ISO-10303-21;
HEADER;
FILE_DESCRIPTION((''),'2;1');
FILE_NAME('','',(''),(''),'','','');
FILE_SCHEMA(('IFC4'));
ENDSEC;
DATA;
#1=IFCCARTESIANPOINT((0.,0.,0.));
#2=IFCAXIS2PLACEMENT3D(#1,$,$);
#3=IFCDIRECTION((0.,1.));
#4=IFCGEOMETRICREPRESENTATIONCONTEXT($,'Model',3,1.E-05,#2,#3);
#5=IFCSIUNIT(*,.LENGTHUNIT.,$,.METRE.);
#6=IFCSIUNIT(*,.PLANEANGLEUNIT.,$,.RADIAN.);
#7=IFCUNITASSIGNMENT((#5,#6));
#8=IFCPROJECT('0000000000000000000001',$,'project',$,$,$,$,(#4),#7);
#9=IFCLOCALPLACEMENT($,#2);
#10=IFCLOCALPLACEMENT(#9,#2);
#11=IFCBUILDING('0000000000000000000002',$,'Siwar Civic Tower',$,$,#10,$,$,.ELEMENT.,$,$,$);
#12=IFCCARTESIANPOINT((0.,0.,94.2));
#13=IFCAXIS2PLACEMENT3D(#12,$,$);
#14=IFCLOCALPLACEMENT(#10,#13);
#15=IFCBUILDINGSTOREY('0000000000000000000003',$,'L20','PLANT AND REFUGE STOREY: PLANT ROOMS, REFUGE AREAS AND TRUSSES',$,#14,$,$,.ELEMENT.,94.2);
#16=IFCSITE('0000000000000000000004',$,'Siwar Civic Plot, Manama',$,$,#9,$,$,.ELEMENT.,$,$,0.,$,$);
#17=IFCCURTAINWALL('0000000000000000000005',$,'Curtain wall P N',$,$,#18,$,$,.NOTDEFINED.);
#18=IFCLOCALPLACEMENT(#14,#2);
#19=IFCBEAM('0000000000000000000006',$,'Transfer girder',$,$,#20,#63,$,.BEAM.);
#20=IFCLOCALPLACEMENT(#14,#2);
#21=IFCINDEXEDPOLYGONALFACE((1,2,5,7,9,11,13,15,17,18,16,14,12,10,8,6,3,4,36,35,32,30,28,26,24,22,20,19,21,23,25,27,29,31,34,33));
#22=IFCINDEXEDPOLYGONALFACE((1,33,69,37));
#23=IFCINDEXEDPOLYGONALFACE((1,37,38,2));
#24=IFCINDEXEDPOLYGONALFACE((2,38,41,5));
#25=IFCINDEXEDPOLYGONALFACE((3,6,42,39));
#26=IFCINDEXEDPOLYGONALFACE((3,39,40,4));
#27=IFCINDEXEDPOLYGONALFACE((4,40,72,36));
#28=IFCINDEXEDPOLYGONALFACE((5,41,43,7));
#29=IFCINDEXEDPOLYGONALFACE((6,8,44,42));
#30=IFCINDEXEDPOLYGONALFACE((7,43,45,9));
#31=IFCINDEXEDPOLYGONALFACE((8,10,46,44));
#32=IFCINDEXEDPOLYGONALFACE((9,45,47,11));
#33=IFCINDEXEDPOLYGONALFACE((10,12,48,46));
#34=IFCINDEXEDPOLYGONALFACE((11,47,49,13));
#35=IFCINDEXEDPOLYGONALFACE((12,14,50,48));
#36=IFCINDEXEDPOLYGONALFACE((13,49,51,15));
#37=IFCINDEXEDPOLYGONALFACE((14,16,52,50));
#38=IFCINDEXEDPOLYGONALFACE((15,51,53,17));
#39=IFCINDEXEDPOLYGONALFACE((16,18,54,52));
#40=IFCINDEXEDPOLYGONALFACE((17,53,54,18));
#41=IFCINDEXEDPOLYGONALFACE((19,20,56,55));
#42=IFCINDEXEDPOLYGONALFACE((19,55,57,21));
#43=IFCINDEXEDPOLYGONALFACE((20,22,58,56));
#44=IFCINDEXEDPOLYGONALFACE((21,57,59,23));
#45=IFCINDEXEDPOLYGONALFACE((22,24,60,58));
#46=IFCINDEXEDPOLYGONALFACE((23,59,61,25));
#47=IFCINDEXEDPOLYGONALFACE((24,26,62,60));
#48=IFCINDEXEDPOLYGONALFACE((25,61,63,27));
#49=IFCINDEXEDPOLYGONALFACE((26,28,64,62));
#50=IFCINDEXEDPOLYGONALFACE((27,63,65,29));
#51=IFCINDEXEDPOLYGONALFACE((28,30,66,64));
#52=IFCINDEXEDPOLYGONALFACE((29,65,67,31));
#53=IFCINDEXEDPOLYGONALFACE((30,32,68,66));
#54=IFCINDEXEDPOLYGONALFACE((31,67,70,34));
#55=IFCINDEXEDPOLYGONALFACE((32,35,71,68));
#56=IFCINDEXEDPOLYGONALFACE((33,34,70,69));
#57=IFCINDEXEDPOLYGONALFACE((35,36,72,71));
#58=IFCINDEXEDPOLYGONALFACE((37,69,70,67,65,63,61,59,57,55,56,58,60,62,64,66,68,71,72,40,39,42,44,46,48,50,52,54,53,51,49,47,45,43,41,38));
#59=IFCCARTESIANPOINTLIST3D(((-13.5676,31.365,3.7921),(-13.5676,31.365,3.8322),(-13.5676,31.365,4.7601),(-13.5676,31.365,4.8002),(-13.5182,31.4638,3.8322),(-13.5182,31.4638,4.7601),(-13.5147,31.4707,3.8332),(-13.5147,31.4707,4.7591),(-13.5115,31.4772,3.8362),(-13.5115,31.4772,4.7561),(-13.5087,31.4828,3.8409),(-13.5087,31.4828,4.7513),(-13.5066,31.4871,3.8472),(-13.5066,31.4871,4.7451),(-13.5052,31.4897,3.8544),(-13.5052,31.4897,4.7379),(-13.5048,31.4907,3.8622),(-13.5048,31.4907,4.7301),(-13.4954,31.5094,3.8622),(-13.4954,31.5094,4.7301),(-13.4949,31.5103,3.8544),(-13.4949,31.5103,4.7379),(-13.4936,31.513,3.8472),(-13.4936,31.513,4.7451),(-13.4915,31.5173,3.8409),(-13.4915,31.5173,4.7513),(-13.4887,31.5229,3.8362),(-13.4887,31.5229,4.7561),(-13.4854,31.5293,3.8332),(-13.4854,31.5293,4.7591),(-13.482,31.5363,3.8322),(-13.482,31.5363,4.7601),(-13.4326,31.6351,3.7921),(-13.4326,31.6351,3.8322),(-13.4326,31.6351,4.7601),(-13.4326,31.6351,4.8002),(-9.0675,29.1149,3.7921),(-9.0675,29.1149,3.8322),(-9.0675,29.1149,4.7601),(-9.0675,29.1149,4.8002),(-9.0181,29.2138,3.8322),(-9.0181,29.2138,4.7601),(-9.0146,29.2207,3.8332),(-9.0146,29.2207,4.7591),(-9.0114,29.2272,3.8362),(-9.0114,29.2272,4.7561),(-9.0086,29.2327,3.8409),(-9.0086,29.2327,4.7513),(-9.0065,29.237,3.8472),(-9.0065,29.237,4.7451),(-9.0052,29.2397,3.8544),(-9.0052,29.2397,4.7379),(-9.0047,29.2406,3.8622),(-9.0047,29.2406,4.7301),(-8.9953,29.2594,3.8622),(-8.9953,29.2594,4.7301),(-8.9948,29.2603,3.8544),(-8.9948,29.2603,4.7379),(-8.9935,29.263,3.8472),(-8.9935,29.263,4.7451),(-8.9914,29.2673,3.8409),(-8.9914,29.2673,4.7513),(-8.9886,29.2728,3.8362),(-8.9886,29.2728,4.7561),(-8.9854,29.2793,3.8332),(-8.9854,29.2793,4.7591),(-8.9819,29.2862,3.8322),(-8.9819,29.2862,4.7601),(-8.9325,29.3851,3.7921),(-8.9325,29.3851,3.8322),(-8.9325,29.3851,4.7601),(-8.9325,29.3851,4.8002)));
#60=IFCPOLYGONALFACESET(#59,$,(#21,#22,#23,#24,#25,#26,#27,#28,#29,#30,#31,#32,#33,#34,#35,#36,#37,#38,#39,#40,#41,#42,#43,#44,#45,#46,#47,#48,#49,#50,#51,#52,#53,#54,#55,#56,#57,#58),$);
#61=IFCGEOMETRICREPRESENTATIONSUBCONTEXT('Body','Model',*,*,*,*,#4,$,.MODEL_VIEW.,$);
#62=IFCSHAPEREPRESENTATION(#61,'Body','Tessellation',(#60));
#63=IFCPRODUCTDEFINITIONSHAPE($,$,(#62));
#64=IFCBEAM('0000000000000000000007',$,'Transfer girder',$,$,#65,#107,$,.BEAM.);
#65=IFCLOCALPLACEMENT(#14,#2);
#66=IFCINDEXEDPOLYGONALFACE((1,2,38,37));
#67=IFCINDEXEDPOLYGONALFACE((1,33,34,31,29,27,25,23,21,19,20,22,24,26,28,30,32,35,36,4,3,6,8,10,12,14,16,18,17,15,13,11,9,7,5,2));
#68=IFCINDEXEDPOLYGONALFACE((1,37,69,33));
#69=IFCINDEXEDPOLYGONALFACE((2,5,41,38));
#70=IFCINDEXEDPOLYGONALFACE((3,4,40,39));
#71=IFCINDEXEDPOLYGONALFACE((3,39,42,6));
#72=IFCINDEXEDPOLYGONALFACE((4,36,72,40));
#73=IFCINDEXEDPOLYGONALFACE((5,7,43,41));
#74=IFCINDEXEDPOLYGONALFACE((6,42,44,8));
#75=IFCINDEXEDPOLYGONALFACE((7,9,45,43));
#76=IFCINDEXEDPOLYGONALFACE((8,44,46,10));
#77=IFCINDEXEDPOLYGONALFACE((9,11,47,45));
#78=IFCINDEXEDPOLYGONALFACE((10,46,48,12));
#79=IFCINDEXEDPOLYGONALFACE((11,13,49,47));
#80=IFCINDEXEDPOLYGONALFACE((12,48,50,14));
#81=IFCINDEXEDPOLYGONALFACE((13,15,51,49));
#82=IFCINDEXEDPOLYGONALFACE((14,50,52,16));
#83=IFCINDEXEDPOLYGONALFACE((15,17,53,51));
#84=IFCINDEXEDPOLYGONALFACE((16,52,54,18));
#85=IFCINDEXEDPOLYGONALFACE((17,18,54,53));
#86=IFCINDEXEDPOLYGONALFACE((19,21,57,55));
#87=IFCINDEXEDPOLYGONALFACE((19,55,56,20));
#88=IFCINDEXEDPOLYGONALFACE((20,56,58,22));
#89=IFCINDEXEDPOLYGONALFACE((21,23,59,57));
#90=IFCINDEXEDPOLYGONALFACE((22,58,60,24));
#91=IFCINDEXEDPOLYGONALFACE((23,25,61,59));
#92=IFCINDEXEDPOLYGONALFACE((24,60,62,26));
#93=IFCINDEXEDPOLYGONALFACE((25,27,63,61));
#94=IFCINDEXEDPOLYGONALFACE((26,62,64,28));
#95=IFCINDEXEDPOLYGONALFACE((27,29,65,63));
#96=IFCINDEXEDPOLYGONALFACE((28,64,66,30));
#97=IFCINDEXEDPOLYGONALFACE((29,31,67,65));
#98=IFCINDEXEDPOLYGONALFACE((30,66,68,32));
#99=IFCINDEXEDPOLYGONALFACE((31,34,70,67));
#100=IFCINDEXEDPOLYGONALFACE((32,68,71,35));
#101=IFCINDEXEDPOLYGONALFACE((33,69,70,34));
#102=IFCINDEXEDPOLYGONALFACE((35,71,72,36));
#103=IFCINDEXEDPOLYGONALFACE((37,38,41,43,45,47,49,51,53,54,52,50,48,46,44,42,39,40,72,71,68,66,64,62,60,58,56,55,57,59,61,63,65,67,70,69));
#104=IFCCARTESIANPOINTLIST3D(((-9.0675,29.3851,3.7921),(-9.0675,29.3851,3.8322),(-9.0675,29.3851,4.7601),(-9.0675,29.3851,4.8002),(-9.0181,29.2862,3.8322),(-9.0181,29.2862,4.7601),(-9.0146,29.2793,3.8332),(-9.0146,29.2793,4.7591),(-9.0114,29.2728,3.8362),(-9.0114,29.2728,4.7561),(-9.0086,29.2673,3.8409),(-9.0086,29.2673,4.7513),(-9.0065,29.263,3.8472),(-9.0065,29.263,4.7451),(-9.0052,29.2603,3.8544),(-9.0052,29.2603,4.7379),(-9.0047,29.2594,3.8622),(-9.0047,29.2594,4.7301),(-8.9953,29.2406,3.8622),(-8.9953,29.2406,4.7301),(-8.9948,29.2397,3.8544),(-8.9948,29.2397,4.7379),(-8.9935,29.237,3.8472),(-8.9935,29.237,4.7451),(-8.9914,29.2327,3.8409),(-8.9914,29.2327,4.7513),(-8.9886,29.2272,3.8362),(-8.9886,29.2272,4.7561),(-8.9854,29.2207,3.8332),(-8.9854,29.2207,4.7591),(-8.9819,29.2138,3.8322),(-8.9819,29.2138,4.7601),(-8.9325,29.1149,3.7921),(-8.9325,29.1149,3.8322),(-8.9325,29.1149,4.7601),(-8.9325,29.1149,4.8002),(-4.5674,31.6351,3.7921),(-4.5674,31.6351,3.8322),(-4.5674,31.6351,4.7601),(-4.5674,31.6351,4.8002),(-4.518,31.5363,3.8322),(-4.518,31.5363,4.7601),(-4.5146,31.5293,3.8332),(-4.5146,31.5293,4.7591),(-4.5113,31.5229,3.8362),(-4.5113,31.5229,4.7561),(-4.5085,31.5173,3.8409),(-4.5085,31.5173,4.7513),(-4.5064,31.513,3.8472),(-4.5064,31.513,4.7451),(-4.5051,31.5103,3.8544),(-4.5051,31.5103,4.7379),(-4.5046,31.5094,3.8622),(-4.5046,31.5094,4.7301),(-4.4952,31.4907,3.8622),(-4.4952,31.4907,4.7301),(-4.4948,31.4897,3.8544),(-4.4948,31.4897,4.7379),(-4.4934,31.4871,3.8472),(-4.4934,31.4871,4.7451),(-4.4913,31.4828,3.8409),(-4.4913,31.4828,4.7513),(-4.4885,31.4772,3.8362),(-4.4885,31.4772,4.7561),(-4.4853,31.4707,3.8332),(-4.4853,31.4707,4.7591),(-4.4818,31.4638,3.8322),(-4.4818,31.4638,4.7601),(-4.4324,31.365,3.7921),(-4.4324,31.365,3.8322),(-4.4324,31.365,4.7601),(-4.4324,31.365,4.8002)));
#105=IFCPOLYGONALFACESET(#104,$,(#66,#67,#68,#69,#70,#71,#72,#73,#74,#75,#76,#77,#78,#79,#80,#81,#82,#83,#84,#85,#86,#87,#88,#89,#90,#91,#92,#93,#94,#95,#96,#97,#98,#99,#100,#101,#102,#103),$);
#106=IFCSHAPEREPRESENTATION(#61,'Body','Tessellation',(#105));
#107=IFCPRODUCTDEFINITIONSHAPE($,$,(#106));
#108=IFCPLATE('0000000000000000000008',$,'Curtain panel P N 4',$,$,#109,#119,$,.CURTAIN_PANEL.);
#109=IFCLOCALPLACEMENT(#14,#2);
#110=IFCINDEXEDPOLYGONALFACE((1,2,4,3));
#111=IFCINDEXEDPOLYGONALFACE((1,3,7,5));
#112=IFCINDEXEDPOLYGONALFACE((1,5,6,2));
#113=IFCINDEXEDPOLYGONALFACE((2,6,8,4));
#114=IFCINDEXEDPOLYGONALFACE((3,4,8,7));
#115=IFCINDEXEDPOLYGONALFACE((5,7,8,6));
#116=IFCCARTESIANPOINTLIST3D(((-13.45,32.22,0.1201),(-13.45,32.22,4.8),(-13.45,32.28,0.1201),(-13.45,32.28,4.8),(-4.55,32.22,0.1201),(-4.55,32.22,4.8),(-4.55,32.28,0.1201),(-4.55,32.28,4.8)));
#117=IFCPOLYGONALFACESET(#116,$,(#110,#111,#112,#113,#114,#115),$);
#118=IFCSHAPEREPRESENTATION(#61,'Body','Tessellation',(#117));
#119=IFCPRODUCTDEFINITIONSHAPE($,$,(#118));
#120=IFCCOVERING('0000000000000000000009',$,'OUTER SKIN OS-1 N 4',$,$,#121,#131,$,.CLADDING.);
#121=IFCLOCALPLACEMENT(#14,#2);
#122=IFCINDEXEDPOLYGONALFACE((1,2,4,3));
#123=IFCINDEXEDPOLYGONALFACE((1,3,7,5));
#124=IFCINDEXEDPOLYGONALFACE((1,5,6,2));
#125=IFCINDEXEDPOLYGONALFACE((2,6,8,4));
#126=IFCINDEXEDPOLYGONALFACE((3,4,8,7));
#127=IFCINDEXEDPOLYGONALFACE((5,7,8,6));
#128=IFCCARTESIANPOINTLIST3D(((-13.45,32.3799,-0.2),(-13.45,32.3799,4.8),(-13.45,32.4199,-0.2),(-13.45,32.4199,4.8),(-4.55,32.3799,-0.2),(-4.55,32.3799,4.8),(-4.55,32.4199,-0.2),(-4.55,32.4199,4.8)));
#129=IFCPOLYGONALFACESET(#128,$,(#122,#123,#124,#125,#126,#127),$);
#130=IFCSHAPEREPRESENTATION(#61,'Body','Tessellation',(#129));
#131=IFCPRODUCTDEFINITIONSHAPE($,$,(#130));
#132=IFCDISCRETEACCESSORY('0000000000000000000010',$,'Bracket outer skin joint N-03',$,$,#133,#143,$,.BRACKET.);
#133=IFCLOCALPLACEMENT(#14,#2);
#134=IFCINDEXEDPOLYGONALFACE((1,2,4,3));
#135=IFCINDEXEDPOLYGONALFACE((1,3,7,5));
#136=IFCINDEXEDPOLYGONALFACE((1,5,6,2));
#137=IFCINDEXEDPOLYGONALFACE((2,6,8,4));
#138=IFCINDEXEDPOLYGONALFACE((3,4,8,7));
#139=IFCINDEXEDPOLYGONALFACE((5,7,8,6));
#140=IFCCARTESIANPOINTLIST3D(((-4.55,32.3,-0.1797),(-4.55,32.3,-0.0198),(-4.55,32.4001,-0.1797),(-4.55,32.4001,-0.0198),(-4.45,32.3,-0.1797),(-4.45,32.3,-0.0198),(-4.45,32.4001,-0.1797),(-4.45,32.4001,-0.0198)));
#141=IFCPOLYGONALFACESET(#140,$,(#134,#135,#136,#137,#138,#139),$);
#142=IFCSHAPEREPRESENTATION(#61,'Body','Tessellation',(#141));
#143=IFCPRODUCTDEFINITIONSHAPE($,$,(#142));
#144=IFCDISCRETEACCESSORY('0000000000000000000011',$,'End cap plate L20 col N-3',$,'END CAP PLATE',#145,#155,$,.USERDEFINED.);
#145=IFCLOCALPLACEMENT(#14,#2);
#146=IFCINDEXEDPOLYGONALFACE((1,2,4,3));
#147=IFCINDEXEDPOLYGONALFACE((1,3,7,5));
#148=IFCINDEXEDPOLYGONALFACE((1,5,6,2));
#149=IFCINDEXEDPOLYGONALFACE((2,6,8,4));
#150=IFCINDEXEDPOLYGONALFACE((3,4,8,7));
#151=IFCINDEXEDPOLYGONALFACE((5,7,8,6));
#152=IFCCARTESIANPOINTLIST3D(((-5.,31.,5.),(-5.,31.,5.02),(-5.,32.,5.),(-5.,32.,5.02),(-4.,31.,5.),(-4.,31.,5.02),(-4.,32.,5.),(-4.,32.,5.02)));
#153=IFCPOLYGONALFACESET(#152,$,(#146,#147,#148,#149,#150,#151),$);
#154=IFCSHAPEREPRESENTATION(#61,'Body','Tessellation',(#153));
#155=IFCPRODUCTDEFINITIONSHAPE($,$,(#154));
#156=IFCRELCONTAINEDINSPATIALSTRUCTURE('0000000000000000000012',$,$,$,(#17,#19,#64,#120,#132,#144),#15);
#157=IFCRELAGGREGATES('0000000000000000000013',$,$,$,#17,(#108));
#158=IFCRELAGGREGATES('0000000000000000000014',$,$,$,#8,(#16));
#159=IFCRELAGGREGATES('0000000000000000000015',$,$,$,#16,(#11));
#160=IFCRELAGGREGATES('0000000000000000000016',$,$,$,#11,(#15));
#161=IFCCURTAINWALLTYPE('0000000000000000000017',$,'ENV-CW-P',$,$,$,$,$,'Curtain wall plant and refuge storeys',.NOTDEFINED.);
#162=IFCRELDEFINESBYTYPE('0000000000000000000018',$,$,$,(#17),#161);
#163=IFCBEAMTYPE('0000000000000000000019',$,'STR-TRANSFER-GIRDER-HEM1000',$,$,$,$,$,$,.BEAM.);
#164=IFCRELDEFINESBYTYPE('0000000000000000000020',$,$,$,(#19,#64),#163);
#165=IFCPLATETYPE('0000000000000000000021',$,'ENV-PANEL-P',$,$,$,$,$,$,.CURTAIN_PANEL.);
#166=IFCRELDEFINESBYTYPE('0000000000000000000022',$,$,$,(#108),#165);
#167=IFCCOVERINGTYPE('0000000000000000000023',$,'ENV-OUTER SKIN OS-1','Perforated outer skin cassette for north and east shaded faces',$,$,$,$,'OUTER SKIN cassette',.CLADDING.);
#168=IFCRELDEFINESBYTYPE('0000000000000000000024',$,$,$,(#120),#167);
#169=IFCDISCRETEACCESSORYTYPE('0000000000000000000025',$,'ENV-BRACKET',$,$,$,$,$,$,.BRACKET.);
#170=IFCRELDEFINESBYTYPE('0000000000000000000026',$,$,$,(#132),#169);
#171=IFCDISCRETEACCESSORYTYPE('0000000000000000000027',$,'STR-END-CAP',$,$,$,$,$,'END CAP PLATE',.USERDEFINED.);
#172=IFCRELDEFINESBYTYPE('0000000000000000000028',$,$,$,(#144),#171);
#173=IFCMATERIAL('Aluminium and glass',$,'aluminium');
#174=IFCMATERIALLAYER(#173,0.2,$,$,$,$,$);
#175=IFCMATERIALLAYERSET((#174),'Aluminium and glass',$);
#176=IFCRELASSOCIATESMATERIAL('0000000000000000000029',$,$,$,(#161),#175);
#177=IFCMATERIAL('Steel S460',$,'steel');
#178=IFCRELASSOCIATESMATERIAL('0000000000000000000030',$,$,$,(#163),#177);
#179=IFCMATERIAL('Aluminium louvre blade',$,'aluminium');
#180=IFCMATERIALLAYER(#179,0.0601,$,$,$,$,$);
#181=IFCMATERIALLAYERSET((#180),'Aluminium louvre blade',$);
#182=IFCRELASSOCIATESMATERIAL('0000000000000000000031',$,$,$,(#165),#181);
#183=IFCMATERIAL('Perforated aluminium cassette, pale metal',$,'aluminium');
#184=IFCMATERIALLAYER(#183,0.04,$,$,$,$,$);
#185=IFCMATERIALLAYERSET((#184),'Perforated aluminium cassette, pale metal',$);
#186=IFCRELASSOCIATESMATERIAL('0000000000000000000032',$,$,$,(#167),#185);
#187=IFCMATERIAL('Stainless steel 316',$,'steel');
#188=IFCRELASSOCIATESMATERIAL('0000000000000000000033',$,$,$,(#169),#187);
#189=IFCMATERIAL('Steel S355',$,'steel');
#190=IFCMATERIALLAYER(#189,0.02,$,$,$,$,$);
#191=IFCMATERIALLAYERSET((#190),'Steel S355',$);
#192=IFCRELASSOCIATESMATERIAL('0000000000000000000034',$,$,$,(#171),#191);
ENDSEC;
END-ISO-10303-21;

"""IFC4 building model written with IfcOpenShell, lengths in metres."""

from ifc_helpers import new_model, si_unit, direction, frame, origin, origin_2d, place, context, subcontext, project, spatial, rectangle, i_section, extrude, material, layer, layer_set, material_profile, profile_set, type_object, element, aggregate, save


model = new_model("IFC4")

# Units and contexts
model_context = context("Model", 3, precision=1e-05, world=origin(), true_north=direction((0.0, 1.0)))
body_context = subcontext(model_context, "Body", "Model", "MODEL_VIEW")
ifc_project = project(units=[si_unit("LENGTHUNIT", "METRE"), si_unit("PLANEANGLEUNIT", "RADIAN")], contexts=[model_context])

# Site, building, storey
site_placement = place(None, origin())
site = spatial("IfcSite", under=ifc_project, at=site_placement, Name="Siwar Civic Plot, Manama", CompositionType="ELEMENT", RefElevation=0.0)
building_placement = place(site_placement, origin())
building = spatial("IfcBuilding", under=site, at=building_placement, Name="Siwar Civic Tower", CompositionType="ELEMENT")
storey_placement = place(building_placement, frame((0.0, 0.0, 94.2)))
storey = spatial("IfcBuildingStorey", under=building, at=storey_placement, Name="L20", Description="PLANT AND REFUGE STOREY: PLANT ROOMS, REFUGE AREAS AND TRUSSES", CompositionType="ELEMENT", Elevation=94.2)

# Curtain wall
ifc_material_1 = material(Name="Aluminium and glass", Category="aluminium")
ifc_layer_1 = layer(ifc_material_1, 0.2)
ifc_layer_set_1 = layer_set([ifc_layer_1], Name="Aluminium and glass")
curtain_wall_type = type_object("IfcCurtainWallType", Name="ENV-CW-P", ElementType="Curtain wall plant and refuge storeys", PredefinedType="NOTDEFINED", material=ifc_layer_set_1)
curtain_wall_placement = place(storey_placement, origin())
curtain_wall = element("IfcCurtainWall", 1, at=curtain_wall_placement, inside=storey, type_object=curtain_wall_type, Name="Curtain wall P N", PredefinedType="NOTDEFINED")

# Beams
ifc_material_2 = material(Name="Steel S460", Category="steel")
ifc_material_profile_1 = material_profile(ifc_material_2, i_section(OverallWidth=0.302, OverallDepth=1.0081, WebThickness=0.021, FlangeThickness=0.04, FilletRadius=0.03, at=origin_2d()), Name="HEM1000")
ifc_profile_set_1 = profile_set([ifc_material_profile_1], Name="Steel S460")
beam_type_1 = type_object("IfcBeamType", Name="STR-TRANSFER-GIRDER-HEM1000", PredefinedType="BEAM", material=ifc_profile_set_1)
for number, where, z_axis, x_axis, name in (
    (2, (-9.0, 29.25, 4.2961), (-0.894427, 0.447214, 0.0), (-0.447214, -0.894427, 0.0), "Transfer girder"),
    (3, (-9.0, 29.25, 4.2961), (0.894427, 0.447214, 0.0), (-0.447214, 0.894427, 0.0), "Transfer girder"),
):
    element("IfcBeam", number, at=place(storey_placement, frame(where, z_axis=z_axis, x_axis=x_axis)), inside=storey, type_object=beam_type_1, Name=name, PredefinedType="BEAM", context=body_context, shape_type="SweptSolid", body=[
        extrude(i_section(OverallWidth=0.302, OverallDepth=1.0081, WebThickness=0.021, FlangeThickness=0.04, FilletRadius=0.03, at=origin_2d()), origin(), (0.0, 0.0, 1.0), 5.0312),
    ])

# Plate
ifc_material_3 = material(Name="Aluminium louvre blade", Category="aluminium")
ifc_layer_2 = layer(ifc_material_3, 0.0601)
ifc_layer_set_2 = layer_set([ifc_layer_2], Name="Aluminium louvre blade")
plate_type = type_object("IfcPlateType", Name="ENV-PANEL-P", PredefinedType="CURTAIN_PANEL", material=ifc_layer_set_2)
plate_placement = place(storey_placement, frame((-9.0, 32.25, 0.1201), z_axis=(0.0, 0.0, 1.0), x_axis=(-1.0, 0.0, 0.0)))
plate = element("IfcPlate", 4, at=plate_placement, type_object=plate_type, Name="Curtain panel P N 4", PredefinedType="CURTAIN_PANEL", context=body_context, shape_type="SweptSolid", body=[
    extrude(rectangle(XDim=8.8999, YDim=0.0601, at=origin_2d()), origin(), (0.0, 0.0, 1.0), 4.6799),
])
aggregate(curtain_wall, [plate])

# Covering
ifc_material_4 = material(Name="Perforated aluminium cassette, pale metal", Category="aluminium")
ifc_layer_3 = layer(ifc_material_4, 0.04)
ifc_layer_set_3 = layer_set([ifc_layer_3], Name="Perforated aluminium cassette, pale metal")
covering_type = type_object("IfcCoveringType", Name="ENV-OUTER SKIN OS-1", Description="Perforated outer skin cassette for north and east shaded faces", ElementType="OUTER SKIN cassette", PredefinedType="CLADDING", material=ifc_layer_set_3)
covering_placement = place(storey_placement, frame((-9.0, 32.3999, -0.2), z_axis=(0.0, 0.0, 1.0), x_axis=(-1.0, 0.0, 0.0)))
element("IfcCovering", 5, at=covering_placement, inside=storey, type_object=covering_type, Name="OUTER SKIN OS-1 N 4", PredefinedType="CLADDING", context=body_context, shape_type="SweptSolid", body=[
    extrude(rectangle(XDim=8.8999, YDim=0.04, at=origin_2d()), origin(), (0.0, 0.0, 1.0), 5.0),
])

# Discrete accessories
ifc_material_5 = material(Name="Stainless steel 316", Category="steel")
discrete_accessory_type_1 = type_object("IfcDiscreteAccessoryType", Name="ENV-BRACKET", PredefinedType="BRACKET", material=ifc_material_5)
discrete_accessory_1_placement = place(storey_placement, frame((-4.5, 32.3501, -0.1797), z_axis=(0.0, 0.0, 1.0), x_axis=(0.0, 1.0, 0.0)))
element("IfcDiscreteAccessory", 6, at=discrete_accessory_1_placement, inside=storey, type_object=discrete_accessory_type_1, Name="Bracket outer skin joint N-03", PredefinedType="BRACKET", context=body_context, shape_type="SweptSolid", body=[
    extrude(rectangle(XDim=0.1001, YDim=0.1001, at=origin_2d()), origin(), (0.0, 0.0, 1.0), 0.1599),
])
ifc_material_6 = material(Name="Steel S355", Category="steel")
ifc_layer_4 = layer(ifc_material_6, 0.02)
ifc_layer_set_4 = layer_set([ifc_layer_4], Name="Steel S355")
discrete_accessory_type_2 = type_object("IfcDiscreteAccessoryType", Name="STR-END-CAP", ElementType="END CAP PLATE", PredefinedType="USERDEFINED", material=ifc_layer_set_4)
discrete_accessory_2_placement = place(storey_placement, frame((-4.5, 31.5, 5.0), z_axis=(0.0, 0.0, 1.0), x_axis=(1.0, 0.0, 0.0)))
element("IfcDiscreteAccessory", 7, at=discrete_accessory_2_placement, inside=storey, type_object=discrete_accessory_type_2, Name="End cap plate L20 col N-3", ObjectType="END CAP PLATE", PredefinedType="USERDEFINED", context=body_context, shape_type="SweptSolid", body=[
    extrude(rectangle(XDim=1.0, YDim=1.0, at=origin_2d()), origin(), (0.0, 0.0, 1.0), 0.02),
])

save(model, "model.ifc")
